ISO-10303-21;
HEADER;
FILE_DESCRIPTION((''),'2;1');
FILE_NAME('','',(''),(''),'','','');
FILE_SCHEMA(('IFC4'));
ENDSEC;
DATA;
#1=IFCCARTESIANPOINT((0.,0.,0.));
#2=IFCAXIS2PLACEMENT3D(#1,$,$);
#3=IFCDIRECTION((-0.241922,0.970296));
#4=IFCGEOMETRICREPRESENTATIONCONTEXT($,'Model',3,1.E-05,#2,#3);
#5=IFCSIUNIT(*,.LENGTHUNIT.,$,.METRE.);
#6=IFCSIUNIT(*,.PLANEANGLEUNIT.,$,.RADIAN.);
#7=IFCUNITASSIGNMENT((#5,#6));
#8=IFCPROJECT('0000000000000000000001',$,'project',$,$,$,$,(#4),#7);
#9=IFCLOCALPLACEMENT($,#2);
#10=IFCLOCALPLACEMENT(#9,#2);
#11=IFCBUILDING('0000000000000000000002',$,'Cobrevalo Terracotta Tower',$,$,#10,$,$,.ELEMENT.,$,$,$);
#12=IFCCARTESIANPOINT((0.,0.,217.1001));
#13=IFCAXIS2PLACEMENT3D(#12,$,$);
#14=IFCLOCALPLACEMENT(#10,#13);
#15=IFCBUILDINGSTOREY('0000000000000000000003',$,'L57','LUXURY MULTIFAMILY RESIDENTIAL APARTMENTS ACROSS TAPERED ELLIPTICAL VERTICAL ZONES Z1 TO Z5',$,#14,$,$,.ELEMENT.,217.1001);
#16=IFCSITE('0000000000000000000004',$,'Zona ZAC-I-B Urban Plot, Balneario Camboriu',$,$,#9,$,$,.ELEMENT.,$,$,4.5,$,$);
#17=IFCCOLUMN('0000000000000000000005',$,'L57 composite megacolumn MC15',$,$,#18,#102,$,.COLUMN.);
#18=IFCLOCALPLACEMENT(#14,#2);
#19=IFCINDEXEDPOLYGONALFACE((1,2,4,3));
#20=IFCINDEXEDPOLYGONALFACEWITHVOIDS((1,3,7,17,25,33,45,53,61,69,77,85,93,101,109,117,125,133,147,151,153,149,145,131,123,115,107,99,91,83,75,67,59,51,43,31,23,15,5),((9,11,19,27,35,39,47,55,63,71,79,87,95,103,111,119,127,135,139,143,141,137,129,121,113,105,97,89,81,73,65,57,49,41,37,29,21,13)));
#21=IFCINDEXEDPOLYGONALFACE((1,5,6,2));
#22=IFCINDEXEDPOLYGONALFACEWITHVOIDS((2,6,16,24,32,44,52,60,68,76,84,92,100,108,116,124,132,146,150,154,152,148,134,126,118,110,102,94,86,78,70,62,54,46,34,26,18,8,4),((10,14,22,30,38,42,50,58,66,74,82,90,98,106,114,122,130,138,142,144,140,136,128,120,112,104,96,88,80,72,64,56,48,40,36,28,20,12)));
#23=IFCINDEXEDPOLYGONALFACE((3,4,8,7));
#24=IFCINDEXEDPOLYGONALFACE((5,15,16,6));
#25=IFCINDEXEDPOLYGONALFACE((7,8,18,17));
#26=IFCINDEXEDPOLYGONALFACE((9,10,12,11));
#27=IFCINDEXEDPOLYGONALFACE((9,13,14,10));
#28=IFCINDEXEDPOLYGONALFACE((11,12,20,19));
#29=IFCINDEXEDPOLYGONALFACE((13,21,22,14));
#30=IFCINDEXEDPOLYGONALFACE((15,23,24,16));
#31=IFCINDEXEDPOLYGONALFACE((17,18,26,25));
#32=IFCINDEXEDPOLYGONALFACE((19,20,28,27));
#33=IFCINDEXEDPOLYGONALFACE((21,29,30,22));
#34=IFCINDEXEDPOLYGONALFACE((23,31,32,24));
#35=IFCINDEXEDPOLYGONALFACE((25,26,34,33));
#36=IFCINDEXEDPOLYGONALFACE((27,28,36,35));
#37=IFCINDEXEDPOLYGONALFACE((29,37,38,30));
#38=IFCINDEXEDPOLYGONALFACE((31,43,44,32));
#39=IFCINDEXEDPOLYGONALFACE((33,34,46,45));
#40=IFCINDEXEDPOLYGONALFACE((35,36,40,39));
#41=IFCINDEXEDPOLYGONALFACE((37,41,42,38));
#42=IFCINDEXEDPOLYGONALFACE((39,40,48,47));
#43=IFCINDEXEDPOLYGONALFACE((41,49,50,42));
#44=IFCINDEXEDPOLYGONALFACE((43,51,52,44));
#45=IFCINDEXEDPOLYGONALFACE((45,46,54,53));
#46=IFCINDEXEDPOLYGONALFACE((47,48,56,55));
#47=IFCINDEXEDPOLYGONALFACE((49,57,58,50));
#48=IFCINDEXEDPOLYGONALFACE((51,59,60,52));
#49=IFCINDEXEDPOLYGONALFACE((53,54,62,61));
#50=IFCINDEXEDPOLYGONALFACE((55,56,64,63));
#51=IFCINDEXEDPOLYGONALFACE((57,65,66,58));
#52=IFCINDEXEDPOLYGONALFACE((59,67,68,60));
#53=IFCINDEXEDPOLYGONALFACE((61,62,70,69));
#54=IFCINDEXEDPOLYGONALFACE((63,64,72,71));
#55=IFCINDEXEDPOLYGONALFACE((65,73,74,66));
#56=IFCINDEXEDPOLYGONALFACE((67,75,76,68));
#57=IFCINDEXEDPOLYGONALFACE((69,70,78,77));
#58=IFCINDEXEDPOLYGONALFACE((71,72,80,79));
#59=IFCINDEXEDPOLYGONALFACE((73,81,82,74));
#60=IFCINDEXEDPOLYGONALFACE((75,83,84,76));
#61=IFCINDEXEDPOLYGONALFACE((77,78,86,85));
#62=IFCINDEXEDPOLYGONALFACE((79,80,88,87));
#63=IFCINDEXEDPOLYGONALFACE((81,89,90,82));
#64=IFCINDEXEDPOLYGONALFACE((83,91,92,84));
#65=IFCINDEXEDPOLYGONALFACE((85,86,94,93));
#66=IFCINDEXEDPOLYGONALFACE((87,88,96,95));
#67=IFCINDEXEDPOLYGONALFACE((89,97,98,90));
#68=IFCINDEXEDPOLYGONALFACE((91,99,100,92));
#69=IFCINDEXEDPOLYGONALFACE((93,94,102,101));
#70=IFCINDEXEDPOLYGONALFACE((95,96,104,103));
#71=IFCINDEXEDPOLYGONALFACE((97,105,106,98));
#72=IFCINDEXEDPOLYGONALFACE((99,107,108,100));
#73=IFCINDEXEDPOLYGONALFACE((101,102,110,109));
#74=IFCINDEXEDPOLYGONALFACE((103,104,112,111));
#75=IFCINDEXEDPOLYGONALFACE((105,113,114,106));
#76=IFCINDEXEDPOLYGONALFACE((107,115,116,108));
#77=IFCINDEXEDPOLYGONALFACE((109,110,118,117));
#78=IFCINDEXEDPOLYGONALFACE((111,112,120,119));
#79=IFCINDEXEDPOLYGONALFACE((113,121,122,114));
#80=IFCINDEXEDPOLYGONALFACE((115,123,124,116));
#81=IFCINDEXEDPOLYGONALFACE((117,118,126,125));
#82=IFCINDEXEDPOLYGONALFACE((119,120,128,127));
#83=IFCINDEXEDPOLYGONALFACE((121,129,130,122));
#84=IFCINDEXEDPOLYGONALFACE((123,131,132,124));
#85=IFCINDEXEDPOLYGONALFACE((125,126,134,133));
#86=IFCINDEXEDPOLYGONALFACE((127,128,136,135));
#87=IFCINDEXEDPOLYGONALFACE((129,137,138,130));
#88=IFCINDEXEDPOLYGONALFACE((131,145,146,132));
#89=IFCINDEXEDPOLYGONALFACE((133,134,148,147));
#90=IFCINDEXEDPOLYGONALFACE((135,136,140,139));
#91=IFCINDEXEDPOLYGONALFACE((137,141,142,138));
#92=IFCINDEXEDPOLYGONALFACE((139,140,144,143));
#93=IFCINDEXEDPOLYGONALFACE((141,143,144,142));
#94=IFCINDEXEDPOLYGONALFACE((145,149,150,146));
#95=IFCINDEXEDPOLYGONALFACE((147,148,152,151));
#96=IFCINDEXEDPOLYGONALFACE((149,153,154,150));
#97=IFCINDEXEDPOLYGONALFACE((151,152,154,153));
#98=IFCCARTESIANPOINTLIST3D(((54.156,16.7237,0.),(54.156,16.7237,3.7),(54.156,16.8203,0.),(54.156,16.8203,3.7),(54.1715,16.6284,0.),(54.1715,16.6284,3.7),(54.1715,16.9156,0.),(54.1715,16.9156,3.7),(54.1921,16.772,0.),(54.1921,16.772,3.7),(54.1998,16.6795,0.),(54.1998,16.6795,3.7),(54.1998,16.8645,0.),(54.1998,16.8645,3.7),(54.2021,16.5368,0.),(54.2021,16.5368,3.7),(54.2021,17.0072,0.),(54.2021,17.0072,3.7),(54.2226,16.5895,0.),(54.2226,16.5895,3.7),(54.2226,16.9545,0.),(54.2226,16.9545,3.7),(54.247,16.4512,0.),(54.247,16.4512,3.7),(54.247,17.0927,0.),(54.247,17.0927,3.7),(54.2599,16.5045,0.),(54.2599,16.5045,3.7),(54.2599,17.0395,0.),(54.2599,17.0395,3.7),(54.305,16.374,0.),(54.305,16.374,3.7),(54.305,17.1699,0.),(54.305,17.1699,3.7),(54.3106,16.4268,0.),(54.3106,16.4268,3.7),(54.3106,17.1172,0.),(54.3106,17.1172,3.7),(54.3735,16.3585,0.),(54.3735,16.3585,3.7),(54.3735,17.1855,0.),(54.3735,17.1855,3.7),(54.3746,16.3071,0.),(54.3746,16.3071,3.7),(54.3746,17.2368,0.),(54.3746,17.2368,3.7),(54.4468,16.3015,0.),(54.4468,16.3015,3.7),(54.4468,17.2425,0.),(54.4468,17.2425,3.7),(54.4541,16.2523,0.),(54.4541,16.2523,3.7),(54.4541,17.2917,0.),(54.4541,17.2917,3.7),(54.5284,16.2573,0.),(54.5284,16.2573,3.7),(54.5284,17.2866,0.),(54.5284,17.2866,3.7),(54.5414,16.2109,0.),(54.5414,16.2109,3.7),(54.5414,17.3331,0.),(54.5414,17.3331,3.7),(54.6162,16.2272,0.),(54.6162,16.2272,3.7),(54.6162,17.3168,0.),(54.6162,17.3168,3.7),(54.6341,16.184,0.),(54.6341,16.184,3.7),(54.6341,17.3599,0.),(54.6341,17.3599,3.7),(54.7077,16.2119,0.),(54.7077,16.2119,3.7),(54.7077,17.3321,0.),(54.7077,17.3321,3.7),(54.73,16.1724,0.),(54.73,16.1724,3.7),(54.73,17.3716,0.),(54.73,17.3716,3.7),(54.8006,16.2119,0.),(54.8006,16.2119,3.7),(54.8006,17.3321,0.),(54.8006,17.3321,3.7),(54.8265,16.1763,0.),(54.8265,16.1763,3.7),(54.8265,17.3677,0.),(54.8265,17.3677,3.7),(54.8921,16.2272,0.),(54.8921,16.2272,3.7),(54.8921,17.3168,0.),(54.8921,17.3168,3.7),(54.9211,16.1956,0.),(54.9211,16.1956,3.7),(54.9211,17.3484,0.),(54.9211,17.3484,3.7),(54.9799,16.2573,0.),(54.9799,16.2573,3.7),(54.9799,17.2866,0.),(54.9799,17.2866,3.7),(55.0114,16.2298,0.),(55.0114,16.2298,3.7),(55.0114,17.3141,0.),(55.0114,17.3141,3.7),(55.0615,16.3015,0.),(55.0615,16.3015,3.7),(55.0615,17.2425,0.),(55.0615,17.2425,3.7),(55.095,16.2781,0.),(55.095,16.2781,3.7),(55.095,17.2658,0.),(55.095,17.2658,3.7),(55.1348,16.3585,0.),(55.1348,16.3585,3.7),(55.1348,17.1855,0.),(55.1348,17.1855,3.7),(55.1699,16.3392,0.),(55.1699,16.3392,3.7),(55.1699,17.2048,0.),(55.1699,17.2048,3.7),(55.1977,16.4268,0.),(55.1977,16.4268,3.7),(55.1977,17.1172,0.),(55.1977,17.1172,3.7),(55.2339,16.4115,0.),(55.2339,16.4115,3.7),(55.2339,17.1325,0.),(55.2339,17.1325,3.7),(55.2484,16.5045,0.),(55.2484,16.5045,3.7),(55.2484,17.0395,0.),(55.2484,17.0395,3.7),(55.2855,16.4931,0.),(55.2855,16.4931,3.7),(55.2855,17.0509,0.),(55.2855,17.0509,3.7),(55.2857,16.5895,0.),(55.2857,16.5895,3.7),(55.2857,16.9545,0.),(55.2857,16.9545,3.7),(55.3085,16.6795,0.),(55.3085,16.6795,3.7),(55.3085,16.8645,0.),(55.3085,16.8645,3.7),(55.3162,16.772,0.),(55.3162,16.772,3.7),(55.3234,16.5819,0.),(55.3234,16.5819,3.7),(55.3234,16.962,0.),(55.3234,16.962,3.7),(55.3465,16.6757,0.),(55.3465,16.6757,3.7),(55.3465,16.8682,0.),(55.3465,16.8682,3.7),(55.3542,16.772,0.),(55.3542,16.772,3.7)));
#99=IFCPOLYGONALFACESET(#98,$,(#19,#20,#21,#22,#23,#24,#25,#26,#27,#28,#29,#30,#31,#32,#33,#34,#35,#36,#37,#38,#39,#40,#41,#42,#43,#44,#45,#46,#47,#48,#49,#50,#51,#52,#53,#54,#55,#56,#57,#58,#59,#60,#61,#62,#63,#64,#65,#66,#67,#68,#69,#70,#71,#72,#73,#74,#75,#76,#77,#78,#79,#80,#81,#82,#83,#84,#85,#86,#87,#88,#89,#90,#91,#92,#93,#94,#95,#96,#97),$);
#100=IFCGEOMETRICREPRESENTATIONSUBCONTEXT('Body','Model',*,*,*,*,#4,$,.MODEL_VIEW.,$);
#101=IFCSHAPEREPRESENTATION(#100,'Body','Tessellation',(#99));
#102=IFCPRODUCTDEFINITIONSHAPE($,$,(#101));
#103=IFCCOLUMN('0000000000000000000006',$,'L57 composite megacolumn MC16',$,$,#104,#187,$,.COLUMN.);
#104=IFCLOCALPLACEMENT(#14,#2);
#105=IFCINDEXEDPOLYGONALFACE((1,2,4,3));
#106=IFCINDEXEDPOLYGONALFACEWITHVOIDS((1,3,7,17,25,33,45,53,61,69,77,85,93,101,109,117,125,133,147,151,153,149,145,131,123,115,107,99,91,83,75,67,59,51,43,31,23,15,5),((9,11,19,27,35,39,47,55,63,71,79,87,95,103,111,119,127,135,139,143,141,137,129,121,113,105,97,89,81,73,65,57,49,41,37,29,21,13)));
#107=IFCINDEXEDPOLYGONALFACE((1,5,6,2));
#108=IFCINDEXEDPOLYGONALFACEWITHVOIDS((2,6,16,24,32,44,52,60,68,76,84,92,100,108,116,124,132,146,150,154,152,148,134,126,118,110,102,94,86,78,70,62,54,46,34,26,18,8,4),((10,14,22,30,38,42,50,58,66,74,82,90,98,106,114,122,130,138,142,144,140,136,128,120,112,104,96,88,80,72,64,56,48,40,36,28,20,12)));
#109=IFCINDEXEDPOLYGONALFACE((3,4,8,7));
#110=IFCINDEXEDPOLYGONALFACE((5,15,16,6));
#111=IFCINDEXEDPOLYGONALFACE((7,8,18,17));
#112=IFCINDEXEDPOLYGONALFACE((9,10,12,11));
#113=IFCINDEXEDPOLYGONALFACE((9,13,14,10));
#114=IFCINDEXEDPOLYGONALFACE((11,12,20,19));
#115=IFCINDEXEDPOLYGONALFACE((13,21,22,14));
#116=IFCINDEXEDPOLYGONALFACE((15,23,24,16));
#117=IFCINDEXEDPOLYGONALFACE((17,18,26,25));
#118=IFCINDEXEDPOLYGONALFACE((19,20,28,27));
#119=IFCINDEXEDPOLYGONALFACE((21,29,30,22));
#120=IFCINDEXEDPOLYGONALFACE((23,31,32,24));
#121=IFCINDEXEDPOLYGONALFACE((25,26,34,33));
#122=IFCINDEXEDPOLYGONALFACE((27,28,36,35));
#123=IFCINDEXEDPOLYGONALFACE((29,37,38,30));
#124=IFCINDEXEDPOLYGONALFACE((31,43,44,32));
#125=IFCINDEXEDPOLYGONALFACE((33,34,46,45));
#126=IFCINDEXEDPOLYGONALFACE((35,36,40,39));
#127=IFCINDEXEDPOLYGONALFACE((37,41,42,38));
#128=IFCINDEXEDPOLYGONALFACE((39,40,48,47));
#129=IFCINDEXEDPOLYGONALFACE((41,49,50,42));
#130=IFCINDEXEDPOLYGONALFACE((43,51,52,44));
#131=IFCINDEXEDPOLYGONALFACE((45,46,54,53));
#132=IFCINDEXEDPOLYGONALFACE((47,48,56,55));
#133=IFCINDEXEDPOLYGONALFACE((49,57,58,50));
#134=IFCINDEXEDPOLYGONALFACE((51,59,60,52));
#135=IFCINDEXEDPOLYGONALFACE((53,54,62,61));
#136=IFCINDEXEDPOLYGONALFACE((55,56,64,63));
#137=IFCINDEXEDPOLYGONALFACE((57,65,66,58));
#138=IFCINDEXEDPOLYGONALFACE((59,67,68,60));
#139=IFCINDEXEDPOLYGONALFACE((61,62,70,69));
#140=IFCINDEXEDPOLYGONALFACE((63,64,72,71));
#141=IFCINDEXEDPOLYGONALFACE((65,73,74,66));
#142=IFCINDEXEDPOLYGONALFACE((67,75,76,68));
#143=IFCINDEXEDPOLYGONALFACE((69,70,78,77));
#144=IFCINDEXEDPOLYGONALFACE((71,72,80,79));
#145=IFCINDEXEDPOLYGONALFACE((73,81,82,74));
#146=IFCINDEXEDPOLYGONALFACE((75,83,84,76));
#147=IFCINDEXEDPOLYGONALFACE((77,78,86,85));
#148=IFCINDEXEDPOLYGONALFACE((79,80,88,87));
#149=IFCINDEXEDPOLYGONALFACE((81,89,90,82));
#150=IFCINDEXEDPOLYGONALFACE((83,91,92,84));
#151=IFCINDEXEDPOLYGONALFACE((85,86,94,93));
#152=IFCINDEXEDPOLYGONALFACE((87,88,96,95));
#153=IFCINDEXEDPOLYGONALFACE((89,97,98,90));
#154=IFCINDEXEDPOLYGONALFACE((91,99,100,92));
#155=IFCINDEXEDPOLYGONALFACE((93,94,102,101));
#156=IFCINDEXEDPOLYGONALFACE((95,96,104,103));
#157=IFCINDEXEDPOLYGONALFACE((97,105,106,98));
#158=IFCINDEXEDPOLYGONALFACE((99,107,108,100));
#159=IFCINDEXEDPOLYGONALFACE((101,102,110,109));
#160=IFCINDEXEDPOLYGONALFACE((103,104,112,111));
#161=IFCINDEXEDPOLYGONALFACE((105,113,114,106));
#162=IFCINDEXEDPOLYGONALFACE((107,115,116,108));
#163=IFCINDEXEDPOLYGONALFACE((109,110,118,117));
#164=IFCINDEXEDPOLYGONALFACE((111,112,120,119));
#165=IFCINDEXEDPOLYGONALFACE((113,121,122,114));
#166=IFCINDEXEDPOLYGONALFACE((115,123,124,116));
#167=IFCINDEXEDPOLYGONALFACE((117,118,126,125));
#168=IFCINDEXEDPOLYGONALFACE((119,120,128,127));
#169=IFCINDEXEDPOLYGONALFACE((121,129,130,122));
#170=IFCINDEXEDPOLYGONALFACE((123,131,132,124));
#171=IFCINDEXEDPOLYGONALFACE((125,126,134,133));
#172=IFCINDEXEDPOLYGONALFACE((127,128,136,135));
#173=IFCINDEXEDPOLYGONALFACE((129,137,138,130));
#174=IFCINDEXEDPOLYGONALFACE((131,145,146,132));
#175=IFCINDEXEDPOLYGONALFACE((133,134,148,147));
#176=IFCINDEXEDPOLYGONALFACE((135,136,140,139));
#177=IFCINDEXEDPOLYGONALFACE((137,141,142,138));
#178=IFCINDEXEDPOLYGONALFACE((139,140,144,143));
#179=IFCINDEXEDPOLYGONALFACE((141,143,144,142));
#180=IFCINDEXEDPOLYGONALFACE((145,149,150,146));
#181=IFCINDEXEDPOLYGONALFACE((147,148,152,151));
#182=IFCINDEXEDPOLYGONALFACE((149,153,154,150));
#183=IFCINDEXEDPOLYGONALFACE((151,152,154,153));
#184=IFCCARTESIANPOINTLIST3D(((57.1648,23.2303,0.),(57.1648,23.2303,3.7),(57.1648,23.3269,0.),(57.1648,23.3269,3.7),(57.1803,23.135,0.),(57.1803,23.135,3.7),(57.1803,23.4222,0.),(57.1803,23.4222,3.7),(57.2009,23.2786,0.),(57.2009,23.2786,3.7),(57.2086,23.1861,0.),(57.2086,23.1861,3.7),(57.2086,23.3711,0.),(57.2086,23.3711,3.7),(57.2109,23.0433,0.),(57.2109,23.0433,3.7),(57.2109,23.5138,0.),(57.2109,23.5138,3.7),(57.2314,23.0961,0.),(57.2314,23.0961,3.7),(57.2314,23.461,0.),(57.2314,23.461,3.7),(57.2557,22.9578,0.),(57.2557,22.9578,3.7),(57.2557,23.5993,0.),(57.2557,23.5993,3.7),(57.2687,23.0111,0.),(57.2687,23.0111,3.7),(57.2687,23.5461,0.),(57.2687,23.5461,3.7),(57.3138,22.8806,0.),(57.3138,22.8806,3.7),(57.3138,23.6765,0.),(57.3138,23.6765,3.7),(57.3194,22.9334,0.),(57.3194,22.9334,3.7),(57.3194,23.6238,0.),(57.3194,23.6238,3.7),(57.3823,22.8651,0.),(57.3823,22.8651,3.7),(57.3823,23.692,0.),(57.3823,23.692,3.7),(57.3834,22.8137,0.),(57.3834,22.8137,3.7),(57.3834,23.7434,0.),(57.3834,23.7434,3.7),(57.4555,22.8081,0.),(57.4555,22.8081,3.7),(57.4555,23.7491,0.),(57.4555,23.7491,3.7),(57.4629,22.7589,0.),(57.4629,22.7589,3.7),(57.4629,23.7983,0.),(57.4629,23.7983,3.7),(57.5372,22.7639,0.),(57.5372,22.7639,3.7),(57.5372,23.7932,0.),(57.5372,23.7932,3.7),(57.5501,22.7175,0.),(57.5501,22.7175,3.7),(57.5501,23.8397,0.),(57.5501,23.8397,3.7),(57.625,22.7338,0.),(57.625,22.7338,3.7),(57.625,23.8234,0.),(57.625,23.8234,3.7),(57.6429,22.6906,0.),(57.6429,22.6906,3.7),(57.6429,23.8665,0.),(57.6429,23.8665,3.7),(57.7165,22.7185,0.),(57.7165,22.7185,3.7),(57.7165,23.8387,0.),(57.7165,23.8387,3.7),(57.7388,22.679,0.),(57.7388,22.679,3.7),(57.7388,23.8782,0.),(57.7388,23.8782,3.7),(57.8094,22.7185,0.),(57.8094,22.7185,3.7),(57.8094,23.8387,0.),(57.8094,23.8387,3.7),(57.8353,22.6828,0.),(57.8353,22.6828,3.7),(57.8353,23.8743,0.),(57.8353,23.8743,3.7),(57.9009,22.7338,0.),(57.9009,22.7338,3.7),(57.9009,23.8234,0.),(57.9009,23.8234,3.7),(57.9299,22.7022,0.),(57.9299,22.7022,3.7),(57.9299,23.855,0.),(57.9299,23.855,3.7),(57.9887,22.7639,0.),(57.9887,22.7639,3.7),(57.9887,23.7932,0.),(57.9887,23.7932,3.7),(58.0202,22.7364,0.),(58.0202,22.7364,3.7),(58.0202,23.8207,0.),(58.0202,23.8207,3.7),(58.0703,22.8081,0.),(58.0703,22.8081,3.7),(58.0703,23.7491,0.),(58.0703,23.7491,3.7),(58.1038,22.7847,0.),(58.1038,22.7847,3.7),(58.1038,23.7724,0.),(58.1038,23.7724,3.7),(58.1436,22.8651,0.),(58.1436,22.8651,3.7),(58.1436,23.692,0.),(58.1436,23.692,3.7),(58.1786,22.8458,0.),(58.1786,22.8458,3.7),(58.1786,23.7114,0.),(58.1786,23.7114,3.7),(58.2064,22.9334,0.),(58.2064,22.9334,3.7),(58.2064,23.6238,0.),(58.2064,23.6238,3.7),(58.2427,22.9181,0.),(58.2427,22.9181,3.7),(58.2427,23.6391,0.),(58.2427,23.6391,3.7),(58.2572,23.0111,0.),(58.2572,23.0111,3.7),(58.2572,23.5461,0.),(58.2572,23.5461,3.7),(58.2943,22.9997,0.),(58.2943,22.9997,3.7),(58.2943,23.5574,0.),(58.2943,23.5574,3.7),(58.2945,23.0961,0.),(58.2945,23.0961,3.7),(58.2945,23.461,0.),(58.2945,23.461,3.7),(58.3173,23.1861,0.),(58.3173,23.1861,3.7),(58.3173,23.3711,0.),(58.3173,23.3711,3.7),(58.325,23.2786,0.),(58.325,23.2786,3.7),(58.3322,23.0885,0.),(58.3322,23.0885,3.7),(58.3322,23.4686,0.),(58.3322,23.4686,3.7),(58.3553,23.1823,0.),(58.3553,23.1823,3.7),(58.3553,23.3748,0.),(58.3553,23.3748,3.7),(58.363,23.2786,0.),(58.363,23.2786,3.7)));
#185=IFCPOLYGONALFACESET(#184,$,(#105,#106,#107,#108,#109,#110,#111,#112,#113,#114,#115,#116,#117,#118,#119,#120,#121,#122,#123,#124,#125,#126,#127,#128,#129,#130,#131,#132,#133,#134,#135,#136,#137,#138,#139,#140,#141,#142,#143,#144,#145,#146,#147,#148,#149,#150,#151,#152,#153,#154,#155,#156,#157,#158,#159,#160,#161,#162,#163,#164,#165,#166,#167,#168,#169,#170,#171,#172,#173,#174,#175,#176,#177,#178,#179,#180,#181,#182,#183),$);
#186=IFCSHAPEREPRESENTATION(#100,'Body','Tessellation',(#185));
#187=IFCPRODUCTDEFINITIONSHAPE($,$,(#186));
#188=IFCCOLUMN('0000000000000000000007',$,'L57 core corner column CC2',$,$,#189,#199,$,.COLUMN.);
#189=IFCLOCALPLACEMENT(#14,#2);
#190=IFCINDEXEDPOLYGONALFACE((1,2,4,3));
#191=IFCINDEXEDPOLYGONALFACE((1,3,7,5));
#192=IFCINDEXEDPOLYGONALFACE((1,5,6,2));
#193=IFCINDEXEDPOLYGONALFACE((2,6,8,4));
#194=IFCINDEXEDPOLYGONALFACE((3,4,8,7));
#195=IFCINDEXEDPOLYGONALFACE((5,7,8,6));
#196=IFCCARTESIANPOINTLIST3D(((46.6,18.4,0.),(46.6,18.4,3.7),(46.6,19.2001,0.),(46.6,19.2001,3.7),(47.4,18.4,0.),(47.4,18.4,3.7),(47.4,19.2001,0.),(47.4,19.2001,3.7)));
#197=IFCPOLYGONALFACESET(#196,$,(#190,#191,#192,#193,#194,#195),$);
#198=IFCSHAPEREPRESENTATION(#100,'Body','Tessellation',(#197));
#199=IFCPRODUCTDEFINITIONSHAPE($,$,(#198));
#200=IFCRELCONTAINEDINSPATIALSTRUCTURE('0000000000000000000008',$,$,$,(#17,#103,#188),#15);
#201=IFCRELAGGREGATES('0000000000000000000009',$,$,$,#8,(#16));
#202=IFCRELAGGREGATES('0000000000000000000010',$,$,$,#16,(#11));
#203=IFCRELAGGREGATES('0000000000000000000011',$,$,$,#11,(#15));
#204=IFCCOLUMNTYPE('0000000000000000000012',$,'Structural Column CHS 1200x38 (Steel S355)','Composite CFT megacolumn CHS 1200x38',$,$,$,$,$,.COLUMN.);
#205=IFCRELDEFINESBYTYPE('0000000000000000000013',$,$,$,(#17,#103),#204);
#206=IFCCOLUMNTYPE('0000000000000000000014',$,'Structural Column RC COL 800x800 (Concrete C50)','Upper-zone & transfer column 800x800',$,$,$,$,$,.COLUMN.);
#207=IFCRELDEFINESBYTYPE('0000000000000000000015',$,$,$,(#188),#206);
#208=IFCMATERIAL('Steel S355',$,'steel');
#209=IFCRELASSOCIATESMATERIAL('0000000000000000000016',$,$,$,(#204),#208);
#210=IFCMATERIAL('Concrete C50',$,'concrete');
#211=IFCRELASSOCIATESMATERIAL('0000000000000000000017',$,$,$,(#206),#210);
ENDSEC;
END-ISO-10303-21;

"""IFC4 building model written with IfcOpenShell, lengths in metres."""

from ifc_helpers import new_model, si_unit, direction, frame, origin, origin_2d, place, context, subcontext, project, spatial, rectangle, hollow_circle, extrude, material, material_profile, profile_set, type_object, element, save


model = new_model("IFC4")

# Units and contexts
model_context = context("Model", 3, precision=1e-05, world=origin(), true_north=direction((-0.241922, 0.970296)))
body_context = subcontext(model_context, "Body", "Model", "MODEL_VIEW")
ifc_project = project(units=[si_unit("LENGTHUNIT", "METRE"), si_unit("PLANEANGLEUNIT", "RADIAN")], contexts=[model_context])

# Site, building, storey
site_placement = place(None, origin())
site = spatial("IfcSite", under=ifc_project, at=site_placement, Name="Zona ZAC-I-B Urban Plot, Balneario Camboriu", CompositionType="ELEMENT", RefElevation=4.5)
building_placement = place(site_placement, origin())
building = spatial("IfcBuilding", under=site, at=building_placement, Name="Cobrevalo Terracotta Tower", CompositionType="ELEMENT")
storey_placement = place(building_placement, frame((0.0, 0.0, 217.1001)))
storey = spatial("IfcBuildingStorey", under=building, at=storey_placement, Name="L57", Description="LUXURY MULTIFAMILY RESIDENTIAL APARTMENTS ACROSS TAPERED ELLIPTICAL VERTICAL ZONES Z1 TO Z5", CompositionType="ELEMENT", Elevation=217.1001)

# Columns
ifc_material_1 = material(Name="Steel S355", Category="steel")
ifc_material_profile_1 = material_profile(ifc_material_1, hollow_circle(Radius=0.6001, WallThickness=0.0381, at=origin_2d()), Name="CHS 1200x38")
ifc_profile_set_1 = profile_set([ifc_material_profile_1], Name="Steel S355")
column_type_1 = type_object("IfcColumnType", Name="Structural Column CHS 1200x38 (Steel S355)", Description="Composite CFT megacolumn CHS 1200x38", PredefinedType="COLUMN", material=ifc_profile_set_1)
for number, where, z_axis, x_axis, name in (
    (1, (54.7542, 16.772, 0.0), (0.0, 0.0, 1.0), (1.0, 0.0, 0.0), "L57 composite megacolumn MC15"),
    (2, (57.7629, 23.2786, 0.0), (0.0, 0.0, 1.0), (1.0, 0.0, 0.0), "L57 composite megacolumn MC16"),
):
    element("IfcColumn", number, at=place(storey_placement, frame(where, z_axis=z_axis, x_axis=x_axis)), inside=storey, type_object=column_type_1, Name=name, PredefinedType="COLUMN", context=body_context, shape_type="SweptSolid", body=[
        extrude(hollow_circle(Radius=0.6001, WallThickness=0.0381, at=origin_2d()), origin(), (0.0, 0.0, 1.0), 3.7),
    ])
ifc_material_2 = material(Name="Concrete C50", Category="concrete")
ifc_material_profile_2 = material_profile(ifc_material_2, rectangle(XDim=0.8, YDim=0.8, at=origin_2d()), Name="RC COL 800x800")
ifc_profile_set_2 = profile_set([ifc_material_profile_2], Name="Concrete C50")
column_type_2 = type_object("IfcColumnType", Name="Structural Column RC COL 800x800 (Concrete C50)", Description="Upper-zone & transfer column 800x800", PredefinedType="COLUMN", material=ifc_profile_set_2)
column_placement = place(storey_placement, frame((47.0, 18.8, 0.0), z_axis=(0.0, 0.0, 1.0), x_axis=(1.0, 0.0, 0.0)))
element("IfcColumn", 3, at=column_placement, inside=storey, type_object=column_type_2, Name="L57 core corner column CC2", PredefinedType="COLUMN", context=body_context, shape_type="SweptSolid", body=[
    extrude(rectangle(XDim=0.8, YDim=0.8, at=origin_2d()), origin(), (0.0, 0.0, 1.0), 3.7),
])

save(model, "model.ifc")
